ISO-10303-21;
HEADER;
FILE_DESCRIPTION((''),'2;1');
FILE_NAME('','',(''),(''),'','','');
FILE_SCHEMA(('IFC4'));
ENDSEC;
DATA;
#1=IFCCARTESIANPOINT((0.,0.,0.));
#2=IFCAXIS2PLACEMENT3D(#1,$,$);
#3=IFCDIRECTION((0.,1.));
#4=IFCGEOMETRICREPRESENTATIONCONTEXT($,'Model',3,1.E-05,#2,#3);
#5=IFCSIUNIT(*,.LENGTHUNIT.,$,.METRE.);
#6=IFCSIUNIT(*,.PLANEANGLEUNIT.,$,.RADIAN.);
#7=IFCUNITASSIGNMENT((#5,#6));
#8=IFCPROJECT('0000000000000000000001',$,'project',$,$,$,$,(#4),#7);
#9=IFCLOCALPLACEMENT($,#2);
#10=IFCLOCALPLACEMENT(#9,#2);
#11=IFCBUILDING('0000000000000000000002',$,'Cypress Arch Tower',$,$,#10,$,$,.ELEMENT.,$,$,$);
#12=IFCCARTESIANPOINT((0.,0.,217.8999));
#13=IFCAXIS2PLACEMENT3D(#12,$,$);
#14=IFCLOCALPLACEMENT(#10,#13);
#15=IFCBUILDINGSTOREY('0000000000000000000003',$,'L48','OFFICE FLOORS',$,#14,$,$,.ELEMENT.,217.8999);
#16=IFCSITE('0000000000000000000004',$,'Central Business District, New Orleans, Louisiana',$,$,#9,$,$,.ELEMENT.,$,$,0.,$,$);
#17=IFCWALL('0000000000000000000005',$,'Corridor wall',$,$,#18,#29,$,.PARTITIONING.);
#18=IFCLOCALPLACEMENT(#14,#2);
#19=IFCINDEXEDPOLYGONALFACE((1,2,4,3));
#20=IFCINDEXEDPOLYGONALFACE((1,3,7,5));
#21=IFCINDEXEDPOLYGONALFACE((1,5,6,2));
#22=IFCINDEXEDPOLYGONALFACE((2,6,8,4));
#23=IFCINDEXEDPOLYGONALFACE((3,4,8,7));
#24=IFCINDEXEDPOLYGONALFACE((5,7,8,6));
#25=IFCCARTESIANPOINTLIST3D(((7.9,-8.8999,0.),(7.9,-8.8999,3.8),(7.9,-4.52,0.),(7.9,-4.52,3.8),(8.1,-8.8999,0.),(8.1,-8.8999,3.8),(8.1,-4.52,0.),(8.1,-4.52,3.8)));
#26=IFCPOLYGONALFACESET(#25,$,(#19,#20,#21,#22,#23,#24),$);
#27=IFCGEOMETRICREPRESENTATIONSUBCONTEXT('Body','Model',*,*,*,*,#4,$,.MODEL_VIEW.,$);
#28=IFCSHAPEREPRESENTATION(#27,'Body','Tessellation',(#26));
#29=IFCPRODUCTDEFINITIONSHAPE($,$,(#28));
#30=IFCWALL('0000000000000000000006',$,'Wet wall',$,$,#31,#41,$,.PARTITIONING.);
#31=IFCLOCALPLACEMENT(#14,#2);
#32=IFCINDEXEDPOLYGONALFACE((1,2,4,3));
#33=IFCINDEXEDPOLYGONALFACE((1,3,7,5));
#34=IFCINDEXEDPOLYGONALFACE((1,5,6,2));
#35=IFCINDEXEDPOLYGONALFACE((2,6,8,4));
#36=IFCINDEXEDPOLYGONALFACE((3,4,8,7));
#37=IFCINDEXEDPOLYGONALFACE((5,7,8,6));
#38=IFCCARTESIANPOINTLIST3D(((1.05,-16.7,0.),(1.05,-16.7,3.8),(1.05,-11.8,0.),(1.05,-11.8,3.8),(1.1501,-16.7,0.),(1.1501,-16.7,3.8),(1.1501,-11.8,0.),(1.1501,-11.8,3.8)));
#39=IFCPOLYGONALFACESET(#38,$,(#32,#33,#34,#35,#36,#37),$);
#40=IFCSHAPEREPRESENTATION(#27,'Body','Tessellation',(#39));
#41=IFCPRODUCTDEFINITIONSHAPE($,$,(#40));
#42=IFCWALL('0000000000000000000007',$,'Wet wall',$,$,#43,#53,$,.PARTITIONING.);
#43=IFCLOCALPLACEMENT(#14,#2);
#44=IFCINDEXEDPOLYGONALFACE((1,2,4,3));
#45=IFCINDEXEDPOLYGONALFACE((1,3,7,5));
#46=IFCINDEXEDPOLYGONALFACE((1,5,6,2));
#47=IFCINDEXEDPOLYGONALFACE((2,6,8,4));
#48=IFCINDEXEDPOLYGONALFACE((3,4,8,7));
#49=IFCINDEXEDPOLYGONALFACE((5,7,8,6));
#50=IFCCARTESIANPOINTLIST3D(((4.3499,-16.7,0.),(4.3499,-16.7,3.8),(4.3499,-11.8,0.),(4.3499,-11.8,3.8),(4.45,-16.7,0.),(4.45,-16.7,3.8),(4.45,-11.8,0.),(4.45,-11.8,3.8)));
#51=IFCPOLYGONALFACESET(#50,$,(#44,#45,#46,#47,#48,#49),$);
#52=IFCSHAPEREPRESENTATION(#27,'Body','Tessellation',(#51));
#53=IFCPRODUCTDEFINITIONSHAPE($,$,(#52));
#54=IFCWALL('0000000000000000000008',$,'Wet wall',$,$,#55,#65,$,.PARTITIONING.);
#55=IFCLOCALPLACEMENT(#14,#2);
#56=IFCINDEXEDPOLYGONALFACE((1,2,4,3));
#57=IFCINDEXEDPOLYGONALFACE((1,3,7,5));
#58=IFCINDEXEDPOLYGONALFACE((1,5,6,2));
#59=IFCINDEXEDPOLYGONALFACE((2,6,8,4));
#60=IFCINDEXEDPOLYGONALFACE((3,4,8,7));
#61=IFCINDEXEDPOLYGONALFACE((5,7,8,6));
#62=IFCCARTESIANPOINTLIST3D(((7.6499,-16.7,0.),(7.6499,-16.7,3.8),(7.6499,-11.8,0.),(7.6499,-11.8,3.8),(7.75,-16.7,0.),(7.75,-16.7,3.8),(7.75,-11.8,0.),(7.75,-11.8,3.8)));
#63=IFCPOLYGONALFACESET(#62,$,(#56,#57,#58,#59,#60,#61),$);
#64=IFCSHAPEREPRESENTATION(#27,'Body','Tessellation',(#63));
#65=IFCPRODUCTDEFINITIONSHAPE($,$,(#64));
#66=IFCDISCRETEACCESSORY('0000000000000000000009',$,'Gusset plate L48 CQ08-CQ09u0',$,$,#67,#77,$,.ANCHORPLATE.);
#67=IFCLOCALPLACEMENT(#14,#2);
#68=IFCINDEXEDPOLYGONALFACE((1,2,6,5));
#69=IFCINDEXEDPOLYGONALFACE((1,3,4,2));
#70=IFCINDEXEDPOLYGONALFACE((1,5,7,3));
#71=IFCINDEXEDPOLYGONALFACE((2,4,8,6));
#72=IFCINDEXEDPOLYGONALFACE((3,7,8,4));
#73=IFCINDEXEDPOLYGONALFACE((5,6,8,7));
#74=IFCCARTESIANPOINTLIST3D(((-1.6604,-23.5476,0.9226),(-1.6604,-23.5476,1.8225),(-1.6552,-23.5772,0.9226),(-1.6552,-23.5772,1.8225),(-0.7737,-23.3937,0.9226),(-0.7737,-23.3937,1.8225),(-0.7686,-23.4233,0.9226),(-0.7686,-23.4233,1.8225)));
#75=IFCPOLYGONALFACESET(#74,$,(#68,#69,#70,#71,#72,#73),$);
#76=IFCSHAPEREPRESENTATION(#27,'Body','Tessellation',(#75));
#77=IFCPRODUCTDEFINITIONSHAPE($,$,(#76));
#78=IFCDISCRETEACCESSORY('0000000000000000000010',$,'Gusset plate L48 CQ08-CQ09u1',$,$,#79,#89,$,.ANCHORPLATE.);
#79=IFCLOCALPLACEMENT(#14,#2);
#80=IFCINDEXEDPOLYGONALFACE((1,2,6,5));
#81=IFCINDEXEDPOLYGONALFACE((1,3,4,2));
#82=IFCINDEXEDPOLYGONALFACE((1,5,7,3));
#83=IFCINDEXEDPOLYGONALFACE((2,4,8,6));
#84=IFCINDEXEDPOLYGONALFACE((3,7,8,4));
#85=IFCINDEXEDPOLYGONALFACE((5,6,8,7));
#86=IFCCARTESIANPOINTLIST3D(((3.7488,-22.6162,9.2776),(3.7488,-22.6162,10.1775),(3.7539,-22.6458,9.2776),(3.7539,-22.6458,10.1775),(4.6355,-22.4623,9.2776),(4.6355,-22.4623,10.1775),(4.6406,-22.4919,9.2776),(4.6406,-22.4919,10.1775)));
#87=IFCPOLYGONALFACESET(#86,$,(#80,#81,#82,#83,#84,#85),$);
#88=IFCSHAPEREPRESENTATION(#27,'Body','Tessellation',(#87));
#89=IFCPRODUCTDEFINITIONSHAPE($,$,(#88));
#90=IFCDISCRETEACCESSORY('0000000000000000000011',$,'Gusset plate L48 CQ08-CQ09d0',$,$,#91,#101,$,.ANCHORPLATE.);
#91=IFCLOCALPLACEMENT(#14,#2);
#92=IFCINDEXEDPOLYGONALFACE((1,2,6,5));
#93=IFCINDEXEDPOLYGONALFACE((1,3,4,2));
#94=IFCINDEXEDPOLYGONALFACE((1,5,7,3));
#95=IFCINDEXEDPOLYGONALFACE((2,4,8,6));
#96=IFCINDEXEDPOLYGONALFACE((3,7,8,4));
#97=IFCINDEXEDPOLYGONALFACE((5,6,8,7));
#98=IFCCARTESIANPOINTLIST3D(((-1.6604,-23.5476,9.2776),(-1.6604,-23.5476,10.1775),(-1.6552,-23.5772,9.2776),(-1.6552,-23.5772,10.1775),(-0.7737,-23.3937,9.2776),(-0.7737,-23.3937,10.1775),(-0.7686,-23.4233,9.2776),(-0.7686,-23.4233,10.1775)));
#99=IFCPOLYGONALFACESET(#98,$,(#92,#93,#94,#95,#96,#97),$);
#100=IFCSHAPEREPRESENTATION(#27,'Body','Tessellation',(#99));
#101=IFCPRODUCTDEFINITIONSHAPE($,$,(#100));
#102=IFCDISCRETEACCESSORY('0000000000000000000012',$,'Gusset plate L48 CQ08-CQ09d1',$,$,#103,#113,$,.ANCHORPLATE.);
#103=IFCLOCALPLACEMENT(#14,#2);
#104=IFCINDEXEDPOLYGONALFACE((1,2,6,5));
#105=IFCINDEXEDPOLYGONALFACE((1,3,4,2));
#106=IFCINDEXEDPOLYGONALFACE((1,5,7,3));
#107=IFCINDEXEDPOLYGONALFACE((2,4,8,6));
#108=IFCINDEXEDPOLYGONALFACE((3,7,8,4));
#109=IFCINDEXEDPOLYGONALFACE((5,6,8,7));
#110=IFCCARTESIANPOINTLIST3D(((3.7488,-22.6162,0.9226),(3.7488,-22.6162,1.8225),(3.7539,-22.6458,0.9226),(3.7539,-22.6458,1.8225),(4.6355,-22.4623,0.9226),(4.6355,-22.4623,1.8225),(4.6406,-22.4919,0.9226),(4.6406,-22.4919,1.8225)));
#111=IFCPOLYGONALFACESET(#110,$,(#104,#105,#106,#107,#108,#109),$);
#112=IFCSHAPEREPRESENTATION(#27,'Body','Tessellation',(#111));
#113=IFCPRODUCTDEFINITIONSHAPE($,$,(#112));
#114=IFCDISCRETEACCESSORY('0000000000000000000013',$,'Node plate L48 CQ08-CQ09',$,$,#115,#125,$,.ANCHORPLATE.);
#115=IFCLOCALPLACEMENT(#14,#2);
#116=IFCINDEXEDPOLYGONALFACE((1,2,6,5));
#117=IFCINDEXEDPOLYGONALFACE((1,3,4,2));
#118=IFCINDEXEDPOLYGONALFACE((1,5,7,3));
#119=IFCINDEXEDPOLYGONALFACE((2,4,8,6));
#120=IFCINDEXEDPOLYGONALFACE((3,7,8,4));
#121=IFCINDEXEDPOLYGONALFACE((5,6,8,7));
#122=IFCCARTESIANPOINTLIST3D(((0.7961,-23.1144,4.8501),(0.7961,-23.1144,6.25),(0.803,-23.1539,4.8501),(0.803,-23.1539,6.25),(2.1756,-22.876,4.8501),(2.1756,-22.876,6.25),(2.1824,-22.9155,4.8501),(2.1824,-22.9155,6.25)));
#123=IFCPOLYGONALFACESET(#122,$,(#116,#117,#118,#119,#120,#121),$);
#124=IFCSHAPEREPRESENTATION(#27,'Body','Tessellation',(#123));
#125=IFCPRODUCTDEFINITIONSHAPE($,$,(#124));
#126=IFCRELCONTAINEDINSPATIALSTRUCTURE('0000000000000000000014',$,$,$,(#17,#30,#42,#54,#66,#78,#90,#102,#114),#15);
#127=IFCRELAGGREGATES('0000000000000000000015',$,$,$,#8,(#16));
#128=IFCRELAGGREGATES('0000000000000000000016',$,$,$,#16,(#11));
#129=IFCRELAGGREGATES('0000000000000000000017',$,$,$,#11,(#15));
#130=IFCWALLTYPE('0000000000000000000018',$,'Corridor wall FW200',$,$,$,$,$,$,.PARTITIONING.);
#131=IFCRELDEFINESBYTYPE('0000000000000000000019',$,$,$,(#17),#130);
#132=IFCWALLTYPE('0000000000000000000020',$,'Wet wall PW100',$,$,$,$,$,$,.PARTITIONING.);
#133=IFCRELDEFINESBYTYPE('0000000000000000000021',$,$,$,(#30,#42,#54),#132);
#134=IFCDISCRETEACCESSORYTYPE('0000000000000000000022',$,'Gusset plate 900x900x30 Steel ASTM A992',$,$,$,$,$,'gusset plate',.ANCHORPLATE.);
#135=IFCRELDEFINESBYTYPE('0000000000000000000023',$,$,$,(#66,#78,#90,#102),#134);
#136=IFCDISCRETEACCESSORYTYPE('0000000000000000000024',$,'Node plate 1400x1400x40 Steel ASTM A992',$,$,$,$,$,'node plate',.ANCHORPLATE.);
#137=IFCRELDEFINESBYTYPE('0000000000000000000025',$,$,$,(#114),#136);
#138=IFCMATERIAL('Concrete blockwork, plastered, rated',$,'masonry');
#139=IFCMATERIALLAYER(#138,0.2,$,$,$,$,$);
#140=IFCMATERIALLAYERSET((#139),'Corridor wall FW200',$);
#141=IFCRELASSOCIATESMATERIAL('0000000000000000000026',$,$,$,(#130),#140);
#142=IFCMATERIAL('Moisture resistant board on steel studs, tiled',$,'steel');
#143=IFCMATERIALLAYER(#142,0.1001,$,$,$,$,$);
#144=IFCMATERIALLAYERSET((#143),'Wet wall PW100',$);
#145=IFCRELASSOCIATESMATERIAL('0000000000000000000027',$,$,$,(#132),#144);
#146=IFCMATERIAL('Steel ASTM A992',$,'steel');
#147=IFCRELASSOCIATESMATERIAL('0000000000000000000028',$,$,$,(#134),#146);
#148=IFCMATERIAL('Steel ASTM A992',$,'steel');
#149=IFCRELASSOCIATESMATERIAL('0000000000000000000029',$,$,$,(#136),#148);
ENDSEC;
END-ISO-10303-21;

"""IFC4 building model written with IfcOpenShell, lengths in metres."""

from ifc_helpers import new_model, si_unit, direction, frame, frame_2d, origin, origin_2d, place, context, subcontext, project, spatial, rectangle, extrude, material, layer, layer_set, material_profile, profile_set, type_object, element, save


model = new_model("IFC4")

# Units and contexts
model_context = context("Model", 3, precision=1e-05, world=origin(), true_north=direction((0.0, 1.0)))
body_context = subcontext(model_context, "Body", "Model", "MODEL_VIEW")
ifc_project = project(units=[si_unit("LENGTHUNIT", "METRE"), si_unit("PLANEANGLEUNIT", "RADIAN")], contexts=[model_context])

# Site, building, storey
site_placement = place(None, origin())
site = spatial("IfcSite", under=ifc_project, at=site_placement, Name="Central Business District, New Orleans, Louisiana", CompositionType="ELEMENT", RefElevation=0.0)
building_placement = place(site_placement, origin())
building = spatial("IfcBuilding", under=site, at=building_placement, Name="Cypress Arch Tower", CompositionType="ELEMENT")
storey_placement = place(building_placement, frame((0.0, 0.0, 217.8999)))
storey = spatial("IfcBuildingStorey", under=building, at=storey_placement, Name="L48", Description="OFFICE FLOORS", CompositionType="ELEMENT", Elevation=217.8999)

# Walls
ifc_material_1 = material(Name="Concrete blockwork, plastered, rated", Category="masonry")
ifc_layer_1 = layer(ifc_material_1, 0.2)
ifc_layer_set_1 = layer_set([ifc_layer_1], Name="Corridor wall FW200")
wall_type_1 = type_object("IfcWallType", Name="Corridor wall FW200", PredefinedType="PARTITIONING", material=ifc_layer_set_1)
wall_1_placement = place(storey_placement, frame((8.0, -8.8999, 0.0), z_axis=(0.0, 0.0, 1.0), x_axis=(0.0, 1.0, 0.0)))
element("IfcWall", 1, at=wall_1_placement, inside=storey, type_object=wall_type_1, Name="Corridor wall", PredefinedType="PARTITIONING", context=body_context, shape_type="SweptSolid", body=[
    extrude(rectangle(XDim=4.3799, YDim=0.2, at=frame_2d((2.1899, 0.0))), origin(), (0.0, 0.0, 1.0), 3.8),
])
ifc_material_2 = material(Name="Moisture resistant board on steel studs, tiled", Category="steel")
ifc_layer_2 = layer(ifc_material_2, 0.1001)
ifc_layer_set_2 = layer_set([ifc_layer_2], Name="Wet wall PW100")
wall_type_2 = type_object("IfcWallType", Name="Wet wall PW100", PredefinedType="PARTITIONING", material=ifc_layer_set_2)
for number, where, z_axis, x_axis, name in (
    (2, (1.1001, -16.7, 0.0), (0.0, 0.0, 1.0), (0.0, 1.0, 0.0), "Wet wall"),
    (3, (4.3999, -16.7, 0.0), (0.0, 0.0, 1.0), (0.0, 1.0, 0.0), "Wet wall"),
    (4, (7.7, -16.7, 0.0), (0.0, 0.0, 1.0), (0.0, 1.0, 0.0), "Wet wall"),
):
    element("IfcWall", number, at=place(storey_placement, frame(where, z_axis=z_axis, x_axis=x_axis)), inside=storey, type_object=wall_type_2, Name=name, PredefinedType="PARTITIONING", context=body_context, shape_type="SweptSolid", body=[
        extrude(rectangle(XDim=4.8999, YDim=0.1001, at=frame_2d((2.45, 0.0))), origin(), (0.0, 0.0, 1.0), 3.8),
    ])

# Discrete accessories
ifc_material_3 = material(Name="Steel ASTM A992", Category="steel")
ifc_material_profile_1 = material_profile(ifc_material_3, rectangle(XDim=0.8999, YDim=0.8999, at=origin_2d()), Name="PL 30 900x900")
ifc_profile_set_1 = profile_set([ifc_material_profile_1], Name="Steel ASTM A992")
discrete_accessory_type_1 = type_object("IfcDiscreteAccessoryType", Name="Gusset plate 900x900x30 Steel ASTM A992", ElementType="gusset plate", PredefinedType="ANCHORPLATE", material=ifc_profile_set_1)
for number, where, z_axis, x_axis, name in (
    (5, (-1.2119, -23.5002, 1.3726), (-0.170998, 0.985271, 0.0), (-0.985271, -0.170998, 0.0), "Gusset plate L48 CQ08-CQ09u0"),
    (6, (4.1973, -22.5688, 9.7275), (-0.170998, 0.985271, 0.0), (-0.985271, -0.170998, 0.0), "Gusset plate L48 CQ08-CQ09u1"),
    (7, (-1.2119, -23.5002, 9.7275), (-0.170998, 0.985271, 0.0), (-0.985271, -0.170998, 0.0), "Gusset plate L48 CQ08-CQ09d0"),
    (8, (4.1973, -22.5688, 1.3726), (-0.170998, 0.985271, 0.0), (-0.985271, -0.170998, 0.0), "Gusset plate L48 CQ08-CQ09d1"),
):
    element("IfcDiscreteAccessory", number, at=place(storey_placement, frame(where, z_axis=z_axis, x_axis=x_axis)), inside=storey, type_object=discrete_accessory_type_1, Name=name, PredefinedType="ANCHORPLATE", context=body_context, shape_type="SweptSolid", body=[
        extrude(rectangle(XDim=0.8999, YDim=0.8999, at=origin_2d()), origin(), (0.0, 0.0, 1.0), 0.03),
    ])
ifc_material_4 = material(Name="Steel ASTM A992", Category="steel")
ifc_material_profile_2 = material_profile(ifc_material_4, rectangle(XDim=1.3999, YDim=1.3999, at=origin_2d()), Name="PL 40 1400x1400")
ifc_profile_set_2 = profile_set([ifc_material_profile_2], Name="Steel ASTM A992")
discrete_accessory_type_2 = type_object("IfcDiscreteAccessoryType", Name="Node plate 1400x1400x40 Steel ASTM A992", ElementType="node plate", PredefinedType="ANCHORPLATE", material=ifc_profile_set_2)
discrete_accessory_placement = place(storey_placement, frame((1.4927, -23.0347, 5.55), z_axis=(-0.170314, 0.98539, 0.0), x_axis=(-0.98539, -0.170314, 0.0)))
element("IfcDiscreteAccessory", 9, at=discrete_accessory_placement, inside=storey, type_object=discrete_accessory_type_2, Name="Node plate L48 CQ08-CQ09", PredefinedType="ANCHORPLATE", context=body_context, shape_type="SweptSolid", body=[
    extrude(rectangle(XDim=1.3999, YDim=1.3999, at=origin_2d()), origin(), (0.0, 0.0, 1.0), 0.04),
])

save(model, "model.ifc")
